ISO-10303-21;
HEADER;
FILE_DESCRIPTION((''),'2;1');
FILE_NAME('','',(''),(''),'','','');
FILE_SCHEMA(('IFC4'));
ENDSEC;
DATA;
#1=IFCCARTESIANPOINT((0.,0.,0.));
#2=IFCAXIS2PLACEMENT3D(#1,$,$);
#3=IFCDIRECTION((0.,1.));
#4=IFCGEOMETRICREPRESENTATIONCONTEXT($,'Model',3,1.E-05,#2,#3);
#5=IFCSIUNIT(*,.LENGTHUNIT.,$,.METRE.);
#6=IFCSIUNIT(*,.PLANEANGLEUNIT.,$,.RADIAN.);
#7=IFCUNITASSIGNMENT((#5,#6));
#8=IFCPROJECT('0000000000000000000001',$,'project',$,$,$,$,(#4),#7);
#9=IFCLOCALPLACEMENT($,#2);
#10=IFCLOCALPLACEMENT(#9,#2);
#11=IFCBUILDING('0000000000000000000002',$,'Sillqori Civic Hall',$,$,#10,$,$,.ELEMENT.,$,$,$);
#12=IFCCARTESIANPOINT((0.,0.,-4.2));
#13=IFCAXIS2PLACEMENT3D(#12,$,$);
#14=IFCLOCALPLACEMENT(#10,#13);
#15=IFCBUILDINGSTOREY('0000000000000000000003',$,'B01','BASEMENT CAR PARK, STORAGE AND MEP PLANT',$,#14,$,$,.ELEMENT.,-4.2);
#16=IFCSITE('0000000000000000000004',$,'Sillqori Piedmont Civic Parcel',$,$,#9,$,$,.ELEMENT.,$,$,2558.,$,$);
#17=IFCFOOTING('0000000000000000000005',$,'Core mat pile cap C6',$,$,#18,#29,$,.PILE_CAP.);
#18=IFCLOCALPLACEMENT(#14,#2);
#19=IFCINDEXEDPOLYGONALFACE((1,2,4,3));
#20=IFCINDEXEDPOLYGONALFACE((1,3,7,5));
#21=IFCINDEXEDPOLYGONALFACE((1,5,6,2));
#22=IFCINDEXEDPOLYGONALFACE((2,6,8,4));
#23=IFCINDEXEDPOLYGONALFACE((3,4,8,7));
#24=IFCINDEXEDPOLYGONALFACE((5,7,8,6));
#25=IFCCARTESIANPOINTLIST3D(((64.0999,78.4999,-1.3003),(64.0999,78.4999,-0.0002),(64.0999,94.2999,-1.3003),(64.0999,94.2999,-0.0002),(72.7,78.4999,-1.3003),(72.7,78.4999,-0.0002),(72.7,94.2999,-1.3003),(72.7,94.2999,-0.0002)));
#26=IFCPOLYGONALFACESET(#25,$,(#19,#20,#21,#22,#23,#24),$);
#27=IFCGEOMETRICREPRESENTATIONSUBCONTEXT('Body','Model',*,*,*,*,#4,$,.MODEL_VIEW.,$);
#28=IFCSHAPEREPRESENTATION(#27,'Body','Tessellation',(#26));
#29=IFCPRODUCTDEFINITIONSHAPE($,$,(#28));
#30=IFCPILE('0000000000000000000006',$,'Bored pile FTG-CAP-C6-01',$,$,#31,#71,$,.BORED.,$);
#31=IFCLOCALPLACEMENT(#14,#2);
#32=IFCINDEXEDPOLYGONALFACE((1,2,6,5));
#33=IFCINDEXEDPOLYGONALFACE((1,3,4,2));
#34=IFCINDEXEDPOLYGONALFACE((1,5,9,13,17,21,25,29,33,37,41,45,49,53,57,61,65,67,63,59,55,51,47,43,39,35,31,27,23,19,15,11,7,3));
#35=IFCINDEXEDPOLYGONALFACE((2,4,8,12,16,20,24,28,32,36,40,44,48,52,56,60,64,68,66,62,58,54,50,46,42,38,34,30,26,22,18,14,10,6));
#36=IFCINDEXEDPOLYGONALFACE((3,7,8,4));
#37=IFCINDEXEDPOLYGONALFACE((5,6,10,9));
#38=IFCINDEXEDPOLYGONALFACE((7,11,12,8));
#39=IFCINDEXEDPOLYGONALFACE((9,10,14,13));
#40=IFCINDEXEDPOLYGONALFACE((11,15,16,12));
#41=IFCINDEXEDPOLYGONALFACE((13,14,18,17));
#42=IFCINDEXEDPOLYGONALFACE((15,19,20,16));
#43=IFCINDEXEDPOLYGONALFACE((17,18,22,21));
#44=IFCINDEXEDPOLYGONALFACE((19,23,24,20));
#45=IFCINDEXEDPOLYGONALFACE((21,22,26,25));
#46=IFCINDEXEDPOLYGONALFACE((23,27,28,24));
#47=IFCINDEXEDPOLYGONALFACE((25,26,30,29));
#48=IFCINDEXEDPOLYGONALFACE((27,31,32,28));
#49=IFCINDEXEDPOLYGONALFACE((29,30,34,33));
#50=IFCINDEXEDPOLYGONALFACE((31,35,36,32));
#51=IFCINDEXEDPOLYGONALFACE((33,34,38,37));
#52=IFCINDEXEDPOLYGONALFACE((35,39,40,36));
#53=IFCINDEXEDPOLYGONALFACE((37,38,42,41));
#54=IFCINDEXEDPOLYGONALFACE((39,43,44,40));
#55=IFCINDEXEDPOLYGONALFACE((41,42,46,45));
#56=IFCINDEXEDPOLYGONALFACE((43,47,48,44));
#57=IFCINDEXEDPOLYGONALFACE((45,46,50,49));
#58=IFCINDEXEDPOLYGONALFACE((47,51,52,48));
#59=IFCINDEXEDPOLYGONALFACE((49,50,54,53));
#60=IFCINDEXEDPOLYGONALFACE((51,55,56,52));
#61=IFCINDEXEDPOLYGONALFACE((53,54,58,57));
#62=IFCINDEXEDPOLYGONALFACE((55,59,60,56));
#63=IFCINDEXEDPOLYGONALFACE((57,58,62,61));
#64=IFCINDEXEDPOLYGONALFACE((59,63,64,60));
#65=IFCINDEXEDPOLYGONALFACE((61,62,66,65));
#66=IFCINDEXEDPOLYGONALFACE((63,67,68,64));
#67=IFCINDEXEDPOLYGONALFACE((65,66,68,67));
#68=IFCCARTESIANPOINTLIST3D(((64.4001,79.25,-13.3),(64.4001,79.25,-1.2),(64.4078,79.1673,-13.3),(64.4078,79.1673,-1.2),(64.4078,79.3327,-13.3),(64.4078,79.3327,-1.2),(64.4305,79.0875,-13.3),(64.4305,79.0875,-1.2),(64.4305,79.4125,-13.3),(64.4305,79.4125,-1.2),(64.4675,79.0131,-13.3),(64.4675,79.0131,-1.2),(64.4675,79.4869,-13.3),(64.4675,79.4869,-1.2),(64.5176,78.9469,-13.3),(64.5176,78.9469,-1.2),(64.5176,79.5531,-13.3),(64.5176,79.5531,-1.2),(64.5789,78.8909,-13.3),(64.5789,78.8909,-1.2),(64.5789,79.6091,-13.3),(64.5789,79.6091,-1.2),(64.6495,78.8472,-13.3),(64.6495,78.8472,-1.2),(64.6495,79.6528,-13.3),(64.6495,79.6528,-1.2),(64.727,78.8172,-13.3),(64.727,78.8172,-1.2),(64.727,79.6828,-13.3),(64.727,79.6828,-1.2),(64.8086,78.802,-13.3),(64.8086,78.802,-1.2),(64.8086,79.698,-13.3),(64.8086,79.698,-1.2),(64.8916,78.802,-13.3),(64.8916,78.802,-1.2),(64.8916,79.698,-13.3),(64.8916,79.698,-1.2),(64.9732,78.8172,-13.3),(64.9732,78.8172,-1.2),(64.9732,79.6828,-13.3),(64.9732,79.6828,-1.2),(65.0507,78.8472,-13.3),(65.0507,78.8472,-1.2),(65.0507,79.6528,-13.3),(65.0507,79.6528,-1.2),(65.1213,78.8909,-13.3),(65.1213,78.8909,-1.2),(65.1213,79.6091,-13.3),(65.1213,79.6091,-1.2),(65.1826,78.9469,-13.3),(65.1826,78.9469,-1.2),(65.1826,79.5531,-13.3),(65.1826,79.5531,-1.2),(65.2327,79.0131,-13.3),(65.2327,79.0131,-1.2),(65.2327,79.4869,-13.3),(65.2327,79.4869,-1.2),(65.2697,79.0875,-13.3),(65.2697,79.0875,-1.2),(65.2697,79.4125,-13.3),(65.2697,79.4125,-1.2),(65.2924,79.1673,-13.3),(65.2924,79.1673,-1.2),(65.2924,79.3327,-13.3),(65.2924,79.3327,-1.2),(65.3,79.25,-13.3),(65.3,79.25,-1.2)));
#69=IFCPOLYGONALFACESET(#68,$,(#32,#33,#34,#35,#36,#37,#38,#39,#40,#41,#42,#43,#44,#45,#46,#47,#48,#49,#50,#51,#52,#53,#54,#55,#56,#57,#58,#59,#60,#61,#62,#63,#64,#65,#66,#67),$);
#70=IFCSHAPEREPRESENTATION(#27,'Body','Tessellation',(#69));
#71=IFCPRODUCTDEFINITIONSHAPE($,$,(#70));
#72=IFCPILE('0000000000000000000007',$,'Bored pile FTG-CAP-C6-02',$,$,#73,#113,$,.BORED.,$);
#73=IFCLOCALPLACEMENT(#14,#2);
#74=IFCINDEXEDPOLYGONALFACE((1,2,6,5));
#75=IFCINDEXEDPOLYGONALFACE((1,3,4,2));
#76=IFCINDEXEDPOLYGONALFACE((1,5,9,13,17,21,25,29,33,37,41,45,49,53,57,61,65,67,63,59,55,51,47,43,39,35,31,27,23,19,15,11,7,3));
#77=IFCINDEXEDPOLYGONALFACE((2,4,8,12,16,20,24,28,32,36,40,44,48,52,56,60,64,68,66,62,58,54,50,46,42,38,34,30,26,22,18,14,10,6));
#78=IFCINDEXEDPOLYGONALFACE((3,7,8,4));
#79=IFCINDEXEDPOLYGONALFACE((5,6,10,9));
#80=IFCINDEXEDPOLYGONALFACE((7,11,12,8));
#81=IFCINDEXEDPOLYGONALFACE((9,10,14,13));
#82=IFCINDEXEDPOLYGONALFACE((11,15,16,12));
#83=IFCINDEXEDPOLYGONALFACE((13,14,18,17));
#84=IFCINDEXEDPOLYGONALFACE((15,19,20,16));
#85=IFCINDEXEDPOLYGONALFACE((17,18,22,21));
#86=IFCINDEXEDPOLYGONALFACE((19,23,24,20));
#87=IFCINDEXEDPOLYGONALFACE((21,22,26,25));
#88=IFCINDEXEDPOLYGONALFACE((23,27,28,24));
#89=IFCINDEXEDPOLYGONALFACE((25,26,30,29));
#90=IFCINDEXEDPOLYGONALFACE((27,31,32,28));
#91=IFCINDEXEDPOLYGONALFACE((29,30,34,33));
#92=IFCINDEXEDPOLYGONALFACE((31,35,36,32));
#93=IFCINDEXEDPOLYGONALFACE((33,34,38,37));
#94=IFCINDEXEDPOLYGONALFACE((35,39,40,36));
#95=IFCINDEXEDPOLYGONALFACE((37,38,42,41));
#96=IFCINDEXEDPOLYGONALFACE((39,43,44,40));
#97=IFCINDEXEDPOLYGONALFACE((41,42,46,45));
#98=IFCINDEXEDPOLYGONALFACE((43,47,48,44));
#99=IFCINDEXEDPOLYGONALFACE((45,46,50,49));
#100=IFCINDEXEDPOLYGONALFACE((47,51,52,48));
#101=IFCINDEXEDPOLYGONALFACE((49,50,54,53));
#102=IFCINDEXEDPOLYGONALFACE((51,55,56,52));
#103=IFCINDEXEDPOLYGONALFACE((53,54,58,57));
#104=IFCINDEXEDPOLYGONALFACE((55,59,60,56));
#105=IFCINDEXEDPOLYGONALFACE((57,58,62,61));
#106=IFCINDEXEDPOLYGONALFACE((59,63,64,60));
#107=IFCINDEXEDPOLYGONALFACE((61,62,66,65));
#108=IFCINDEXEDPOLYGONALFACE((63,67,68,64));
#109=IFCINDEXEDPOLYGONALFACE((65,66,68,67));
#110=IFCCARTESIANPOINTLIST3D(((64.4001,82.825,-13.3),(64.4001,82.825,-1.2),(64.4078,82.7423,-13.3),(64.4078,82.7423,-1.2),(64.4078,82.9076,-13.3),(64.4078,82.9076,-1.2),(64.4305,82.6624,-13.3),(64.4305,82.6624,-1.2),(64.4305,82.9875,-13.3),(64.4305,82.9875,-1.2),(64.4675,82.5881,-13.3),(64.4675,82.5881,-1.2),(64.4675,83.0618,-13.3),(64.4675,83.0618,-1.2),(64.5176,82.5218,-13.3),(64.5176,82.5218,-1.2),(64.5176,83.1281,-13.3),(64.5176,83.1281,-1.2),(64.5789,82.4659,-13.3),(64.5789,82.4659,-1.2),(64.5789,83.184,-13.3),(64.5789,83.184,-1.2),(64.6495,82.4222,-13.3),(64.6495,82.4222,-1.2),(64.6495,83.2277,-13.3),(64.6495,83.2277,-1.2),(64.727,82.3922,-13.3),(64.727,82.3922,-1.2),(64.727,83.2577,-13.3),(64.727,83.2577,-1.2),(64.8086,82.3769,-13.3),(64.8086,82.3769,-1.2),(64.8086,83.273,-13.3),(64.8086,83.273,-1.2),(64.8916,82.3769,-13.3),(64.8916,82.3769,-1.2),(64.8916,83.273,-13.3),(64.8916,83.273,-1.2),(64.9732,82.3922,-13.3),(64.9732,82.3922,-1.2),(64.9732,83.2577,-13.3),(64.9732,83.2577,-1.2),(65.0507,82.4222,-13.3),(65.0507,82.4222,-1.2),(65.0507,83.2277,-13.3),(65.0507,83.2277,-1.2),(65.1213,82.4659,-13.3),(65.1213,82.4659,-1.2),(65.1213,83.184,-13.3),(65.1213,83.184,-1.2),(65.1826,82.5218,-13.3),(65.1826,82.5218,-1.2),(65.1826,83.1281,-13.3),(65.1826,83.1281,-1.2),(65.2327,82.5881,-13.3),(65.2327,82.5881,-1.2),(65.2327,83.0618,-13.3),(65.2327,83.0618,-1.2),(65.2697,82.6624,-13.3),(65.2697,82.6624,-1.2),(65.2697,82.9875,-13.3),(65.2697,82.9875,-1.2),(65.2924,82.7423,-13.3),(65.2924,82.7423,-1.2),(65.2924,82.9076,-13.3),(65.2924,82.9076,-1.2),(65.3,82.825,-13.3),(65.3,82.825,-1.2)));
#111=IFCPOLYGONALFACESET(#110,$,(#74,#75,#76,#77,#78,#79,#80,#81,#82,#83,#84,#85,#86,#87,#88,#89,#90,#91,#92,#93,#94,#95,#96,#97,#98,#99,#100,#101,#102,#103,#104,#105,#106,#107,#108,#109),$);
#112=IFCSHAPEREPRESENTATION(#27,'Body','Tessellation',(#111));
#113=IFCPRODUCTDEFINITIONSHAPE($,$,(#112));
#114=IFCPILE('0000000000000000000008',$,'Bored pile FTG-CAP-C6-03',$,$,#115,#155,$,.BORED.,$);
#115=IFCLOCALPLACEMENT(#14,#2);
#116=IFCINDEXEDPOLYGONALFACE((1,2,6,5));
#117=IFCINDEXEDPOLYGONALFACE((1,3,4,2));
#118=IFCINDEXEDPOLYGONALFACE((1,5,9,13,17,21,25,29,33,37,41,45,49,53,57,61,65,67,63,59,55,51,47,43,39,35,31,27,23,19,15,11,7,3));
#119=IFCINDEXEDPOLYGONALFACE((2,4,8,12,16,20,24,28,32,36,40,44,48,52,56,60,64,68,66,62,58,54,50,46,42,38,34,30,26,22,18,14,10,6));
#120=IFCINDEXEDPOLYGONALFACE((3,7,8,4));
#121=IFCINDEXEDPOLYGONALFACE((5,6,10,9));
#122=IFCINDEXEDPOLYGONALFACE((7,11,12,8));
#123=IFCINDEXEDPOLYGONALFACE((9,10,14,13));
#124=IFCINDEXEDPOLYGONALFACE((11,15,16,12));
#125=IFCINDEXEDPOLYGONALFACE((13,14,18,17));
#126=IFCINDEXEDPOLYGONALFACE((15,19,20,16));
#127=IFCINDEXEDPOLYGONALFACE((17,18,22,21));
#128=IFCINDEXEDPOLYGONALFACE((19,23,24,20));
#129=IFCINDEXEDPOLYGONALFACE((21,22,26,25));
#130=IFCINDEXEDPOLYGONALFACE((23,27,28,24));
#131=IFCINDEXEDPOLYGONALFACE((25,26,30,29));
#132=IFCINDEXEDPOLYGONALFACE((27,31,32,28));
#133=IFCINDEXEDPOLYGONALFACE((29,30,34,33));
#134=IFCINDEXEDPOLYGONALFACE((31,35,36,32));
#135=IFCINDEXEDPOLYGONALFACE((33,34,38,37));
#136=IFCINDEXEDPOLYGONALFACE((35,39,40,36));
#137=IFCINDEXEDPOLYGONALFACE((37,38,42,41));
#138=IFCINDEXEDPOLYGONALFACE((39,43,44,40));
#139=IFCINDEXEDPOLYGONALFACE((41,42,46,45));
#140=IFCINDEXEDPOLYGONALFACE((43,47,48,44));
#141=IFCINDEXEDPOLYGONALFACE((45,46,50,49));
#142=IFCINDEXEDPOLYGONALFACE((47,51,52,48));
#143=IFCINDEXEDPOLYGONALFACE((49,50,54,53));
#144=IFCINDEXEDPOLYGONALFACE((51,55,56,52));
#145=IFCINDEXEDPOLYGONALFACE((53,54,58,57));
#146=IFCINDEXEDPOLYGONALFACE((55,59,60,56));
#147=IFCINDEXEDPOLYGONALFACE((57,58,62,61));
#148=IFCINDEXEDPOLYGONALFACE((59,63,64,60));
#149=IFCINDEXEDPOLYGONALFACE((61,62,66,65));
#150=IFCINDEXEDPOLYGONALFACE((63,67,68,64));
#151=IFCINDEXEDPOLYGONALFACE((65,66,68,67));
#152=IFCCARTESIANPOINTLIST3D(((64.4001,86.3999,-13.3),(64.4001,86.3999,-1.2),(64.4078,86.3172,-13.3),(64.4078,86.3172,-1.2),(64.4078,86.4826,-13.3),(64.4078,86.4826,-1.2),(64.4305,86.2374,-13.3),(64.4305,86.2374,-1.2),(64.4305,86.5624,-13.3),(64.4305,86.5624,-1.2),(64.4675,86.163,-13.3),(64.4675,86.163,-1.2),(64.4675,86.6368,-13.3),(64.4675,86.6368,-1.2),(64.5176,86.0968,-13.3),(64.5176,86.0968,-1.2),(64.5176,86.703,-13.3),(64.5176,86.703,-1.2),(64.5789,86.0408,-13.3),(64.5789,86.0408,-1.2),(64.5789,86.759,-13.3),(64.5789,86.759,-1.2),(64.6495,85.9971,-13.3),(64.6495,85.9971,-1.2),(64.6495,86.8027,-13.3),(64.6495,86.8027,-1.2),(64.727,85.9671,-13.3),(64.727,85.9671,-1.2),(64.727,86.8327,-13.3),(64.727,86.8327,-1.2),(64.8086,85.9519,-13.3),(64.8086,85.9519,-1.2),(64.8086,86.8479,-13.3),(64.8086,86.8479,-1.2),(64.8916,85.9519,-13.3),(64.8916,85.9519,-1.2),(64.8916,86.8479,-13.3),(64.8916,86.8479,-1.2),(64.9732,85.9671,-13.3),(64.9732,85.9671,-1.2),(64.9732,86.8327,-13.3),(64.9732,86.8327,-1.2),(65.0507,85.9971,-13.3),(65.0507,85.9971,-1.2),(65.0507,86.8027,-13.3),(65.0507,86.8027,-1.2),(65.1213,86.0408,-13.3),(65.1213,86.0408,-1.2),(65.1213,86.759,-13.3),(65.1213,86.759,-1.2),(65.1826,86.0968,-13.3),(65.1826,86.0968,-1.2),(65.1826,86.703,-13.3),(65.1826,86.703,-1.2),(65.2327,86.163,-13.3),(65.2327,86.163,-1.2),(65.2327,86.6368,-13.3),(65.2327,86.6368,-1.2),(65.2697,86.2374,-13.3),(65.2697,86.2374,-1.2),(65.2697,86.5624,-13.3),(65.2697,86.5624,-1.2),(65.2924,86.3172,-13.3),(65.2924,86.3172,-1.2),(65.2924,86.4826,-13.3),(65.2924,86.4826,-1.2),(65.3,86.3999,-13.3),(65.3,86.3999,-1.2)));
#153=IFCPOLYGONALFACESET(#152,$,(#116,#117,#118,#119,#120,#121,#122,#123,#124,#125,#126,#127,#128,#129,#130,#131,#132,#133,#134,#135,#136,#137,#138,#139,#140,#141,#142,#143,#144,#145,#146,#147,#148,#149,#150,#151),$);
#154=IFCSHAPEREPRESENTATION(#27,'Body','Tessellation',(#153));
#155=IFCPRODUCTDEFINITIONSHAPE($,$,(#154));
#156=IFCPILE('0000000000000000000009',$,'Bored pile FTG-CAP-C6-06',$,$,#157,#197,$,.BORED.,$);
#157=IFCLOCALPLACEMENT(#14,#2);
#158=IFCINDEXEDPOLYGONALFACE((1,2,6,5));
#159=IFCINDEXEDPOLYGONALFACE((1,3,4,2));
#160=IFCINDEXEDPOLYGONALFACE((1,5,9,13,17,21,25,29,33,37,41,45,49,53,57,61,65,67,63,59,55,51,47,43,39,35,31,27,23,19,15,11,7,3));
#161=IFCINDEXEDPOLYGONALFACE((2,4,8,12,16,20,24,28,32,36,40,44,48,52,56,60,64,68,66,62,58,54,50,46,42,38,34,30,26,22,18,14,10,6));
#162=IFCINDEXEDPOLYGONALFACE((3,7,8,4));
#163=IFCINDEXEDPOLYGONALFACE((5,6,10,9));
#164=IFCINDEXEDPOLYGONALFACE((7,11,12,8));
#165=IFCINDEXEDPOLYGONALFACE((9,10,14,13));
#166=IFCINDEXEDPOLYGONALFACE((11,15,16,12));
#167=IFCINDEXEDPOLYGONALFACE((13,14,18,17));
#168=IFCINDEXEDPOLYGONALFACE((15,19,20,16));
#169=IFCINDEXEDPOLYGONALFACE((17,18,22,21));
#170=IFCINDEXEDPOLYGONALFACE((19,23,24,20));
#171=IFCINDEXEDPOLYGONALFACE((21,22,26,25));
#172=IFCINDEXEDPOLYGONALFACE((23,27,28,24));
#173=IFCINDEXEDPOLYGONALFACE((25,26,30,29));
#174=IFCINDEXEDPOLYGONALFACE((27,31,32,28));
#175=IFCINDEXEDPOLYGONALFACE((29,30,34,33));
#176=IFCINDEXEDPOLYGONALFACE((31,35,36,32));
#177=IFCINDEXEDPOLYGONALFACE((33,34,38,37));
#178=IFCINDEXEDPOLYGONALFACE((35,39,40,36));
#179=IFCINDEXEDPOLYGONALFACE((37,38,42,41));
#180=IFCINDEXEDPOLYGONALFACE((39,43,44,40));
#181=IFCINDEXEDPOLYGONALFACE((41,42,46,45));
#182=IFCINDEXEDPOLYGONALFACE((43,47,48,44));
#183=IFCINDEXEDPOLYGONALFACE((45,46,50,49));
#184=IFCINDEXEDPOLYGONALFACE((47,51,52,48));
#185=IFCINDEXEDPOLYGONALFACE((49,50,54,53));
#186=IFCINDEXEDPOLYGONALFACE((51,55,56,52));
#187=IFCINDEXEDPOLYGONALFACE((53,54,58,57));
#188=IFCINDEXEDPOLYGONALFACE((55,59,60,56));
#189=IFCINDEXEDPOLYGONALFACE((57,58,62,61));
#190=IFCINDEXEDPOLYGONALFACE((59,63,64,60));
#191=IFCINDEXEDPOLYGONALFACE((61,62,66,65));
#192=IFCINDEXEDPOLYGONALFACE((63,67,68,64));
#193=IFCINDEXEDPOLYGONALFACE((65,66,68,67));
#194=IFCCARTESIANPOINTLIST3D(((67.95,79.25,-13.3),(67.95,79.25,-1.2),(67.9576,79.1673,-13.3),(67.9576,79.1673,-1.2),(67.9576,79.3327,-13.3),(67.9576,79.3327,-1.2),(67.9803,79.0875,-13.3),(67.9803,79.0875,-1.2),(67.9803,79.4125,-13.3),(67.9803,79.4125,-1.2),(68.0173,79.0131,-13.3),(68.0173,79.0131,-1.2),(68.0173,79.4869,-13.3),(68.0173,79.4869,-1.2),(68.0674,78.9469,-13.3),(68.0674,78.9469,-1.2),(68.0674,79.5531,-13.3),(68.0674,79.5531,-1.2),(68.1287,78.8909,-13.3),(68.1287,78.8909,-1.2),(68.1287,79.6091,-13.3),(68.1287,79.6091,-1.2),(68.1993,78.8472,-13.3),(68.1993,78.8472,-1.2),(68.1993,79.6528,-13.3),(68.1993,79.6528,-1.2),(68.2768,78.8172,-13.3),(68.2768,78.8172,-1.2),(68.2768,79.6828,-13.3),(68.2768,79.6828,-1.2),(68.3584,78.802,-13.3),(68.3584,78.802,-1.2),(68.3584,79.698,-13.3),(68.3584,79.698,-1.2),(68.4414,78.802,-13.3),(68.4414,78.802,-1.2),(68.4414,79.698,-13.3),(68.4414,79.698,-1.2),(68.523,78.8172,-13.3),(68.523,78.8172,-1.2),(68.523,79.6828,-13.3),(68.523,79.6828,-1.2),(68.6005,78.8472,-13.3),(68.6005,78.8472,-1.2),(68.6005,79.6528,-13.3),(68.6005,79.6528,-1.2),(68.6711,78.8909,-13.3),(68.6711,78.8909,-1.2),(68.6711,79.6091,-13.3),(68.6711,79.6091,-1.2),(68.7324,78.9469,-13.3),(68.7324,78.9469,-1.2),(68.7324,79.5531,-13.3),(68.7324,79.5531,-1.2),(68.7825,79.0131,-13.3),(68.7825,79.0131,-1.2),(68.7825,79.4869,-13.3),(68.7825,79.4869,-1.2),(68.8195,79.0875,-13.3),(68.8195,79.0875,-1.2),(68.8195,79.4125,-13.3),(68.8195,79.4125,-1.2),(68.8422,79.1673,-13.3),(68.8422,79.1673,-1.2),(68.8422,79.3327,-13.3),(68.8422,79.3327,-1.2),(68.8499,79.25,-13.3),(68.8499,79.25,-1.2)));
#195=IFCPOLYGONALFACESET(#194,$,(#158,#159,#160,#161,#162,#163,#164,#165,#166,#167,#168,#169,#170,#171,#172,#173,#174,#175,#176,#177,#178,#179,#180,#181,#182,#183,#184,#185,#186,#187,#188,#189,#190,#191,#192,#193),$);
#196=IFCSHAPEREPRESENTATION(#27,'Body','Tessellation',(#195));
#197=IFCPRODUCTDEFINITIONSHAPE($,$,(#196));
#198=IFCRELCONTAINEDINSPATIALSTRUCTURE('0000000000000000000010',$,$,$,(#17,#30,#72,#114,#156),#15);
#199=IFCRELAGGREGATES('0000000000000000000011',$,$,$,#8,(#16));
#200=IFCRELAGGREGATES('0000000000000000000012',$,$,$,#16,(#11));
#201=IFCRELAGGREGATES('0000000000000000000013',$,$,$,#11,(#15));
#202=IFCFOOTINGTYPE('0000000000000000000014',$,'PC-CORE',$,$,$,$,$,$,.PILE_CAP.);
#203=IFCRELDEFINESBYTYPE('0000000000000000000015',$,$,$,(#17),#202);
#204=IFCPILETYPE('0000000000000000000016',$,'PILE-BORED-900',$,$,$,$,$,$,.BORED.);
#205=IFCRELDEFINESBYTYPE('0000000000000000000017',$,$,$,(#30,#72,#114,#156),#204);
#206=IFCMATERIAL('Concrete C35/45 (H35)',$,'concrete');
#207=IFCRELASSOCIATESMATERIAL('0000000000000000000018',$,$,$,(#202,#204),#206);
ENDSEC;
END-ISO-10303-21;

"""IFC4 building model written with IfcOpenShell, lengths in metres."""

from ifc_helpers import new_model, si_unit, direction, frame, origin, origin_2d, place, context, subcontext, project, spatial, rectangle, circle, extrude, material, material_profile, profile_set, type_object, element, save


model = new_model("IFC4")

# Units and contexts
model_context = context("Model", 3, precision=1e-05, world=origin(), true_north=direction((0.0, 1.0)))
body_context = subcontext(model_context, "Body", "Model", "MODEL_VIEW")
ifc_project = project(units=[si_unit("LENGTHUNIT", "METRE"), si_unit("PLANEANGLEUNIT", "RADIAN")], contexts=[model_context])

# Site, building, storey
site_placement = place(None, origin())
site = spatial("IfcSite", under=ifc_project, at=site_placement, Name="Sillqori Piedmont Civic Parcel", CompositionType="ELEMENT", RefElevation=2558.0)
building_placement = place(site_placement, origin())
building = spatial("IfcBuilding", under=site, at=building_placement, Name="Sillqori Civic Hall", CompositionType="ELEMENT")
storey_placement = place(building_placement, frame((0.0, 0.0, -4.2)))
storey = spatial("IfcBuildingStorey", under=building, at=storey_placement, Name="B01", Description="BASEMENT CAR PARK, STORAGE AND MEP PLANT", CompositionType="ELEMENT", Elevation=-4.2)

# Footing
ifc_material_1 = material(Name="Concrete C35/45 (H35)", Category="concrete")
footing_type = type_object("IfcFootingType", Name="PC-CORE", PredefinedType="PILE_CAP", material=ifc_material_1)
footing_placement = place(storey_placement, frame((68.3999, 86.3999, -1.3003), z_axis=(0.0, 0.0, 1.0), x_axis=(1.0, 0.0, 0.0)))
element("IfcFooting", 1, at=footing_placement, inside=storey, type_object=footing_type, Name="Core mat pile cap C6", PredefinedType="PILE_CAP", context=body_context, shape_type="SweptSolid", body=[
    extrude(rectangle(XDim=8.6001, YDim=15.8, at=origin_2d()), origin(), (0.0, 0.0, 1.0), 1.3),
])

# Piles
ifc_material_profile_1 = material_profile(ifc_material_1, circle(Radius=0.45, at=origin_2d()), Name="BORED PILE 900")
ifc_profile_set_1 = profile_set([ifc_material_profile_1], Name="Concrete C35/45 (H35)")
pile_type = type_object("IfcPileType", Name="PILE-BORED-900", PredefinedType="BORED", material=ifc_profile_set_1)
for number, where, z_axis, x_axis, name in (
    (2, (64.8501, 79.25, -1.2), (0.0, 0.0, -1.0), (1.0, 0.0, 0.0), "Bored pile FTG-CAP-C6-01"),
    (3, (64.8501, 82.825, -1.2), (0.0, 0.0, -1.0), (1.0, 0.0, 0.0), "Bored pile FTG-CAP-C6-02"),
    (4, (64.8501, 86.3999, -1.2), (0.0, 0.0, -1.0), (1.0, 0.0, 0.0), "Bored pile FTG-CAP-C6-03"),
    (5, (68.3999, 79.25, -1.2), (0.0, 0.0, -1.0), (1.0, 0.0, 0.0), "Bored pile FTG-CAP-C6-06"),
):
    element("IfcPile", number, at=place(storey_placement, frame(where, z_axis=z_axis, x_axis=x_axis)), inside=storey, type_object=pile_type, Name=name, PredefinedType="BORED", context=body_context, shape_type="SweptSolid", body=[
        extrude(circle(Radius=0.45, at=origin_2d()), origin(), (0.0, 0.0, 1.0), 12.1001),
    ])

save(model, "model.ifc")
